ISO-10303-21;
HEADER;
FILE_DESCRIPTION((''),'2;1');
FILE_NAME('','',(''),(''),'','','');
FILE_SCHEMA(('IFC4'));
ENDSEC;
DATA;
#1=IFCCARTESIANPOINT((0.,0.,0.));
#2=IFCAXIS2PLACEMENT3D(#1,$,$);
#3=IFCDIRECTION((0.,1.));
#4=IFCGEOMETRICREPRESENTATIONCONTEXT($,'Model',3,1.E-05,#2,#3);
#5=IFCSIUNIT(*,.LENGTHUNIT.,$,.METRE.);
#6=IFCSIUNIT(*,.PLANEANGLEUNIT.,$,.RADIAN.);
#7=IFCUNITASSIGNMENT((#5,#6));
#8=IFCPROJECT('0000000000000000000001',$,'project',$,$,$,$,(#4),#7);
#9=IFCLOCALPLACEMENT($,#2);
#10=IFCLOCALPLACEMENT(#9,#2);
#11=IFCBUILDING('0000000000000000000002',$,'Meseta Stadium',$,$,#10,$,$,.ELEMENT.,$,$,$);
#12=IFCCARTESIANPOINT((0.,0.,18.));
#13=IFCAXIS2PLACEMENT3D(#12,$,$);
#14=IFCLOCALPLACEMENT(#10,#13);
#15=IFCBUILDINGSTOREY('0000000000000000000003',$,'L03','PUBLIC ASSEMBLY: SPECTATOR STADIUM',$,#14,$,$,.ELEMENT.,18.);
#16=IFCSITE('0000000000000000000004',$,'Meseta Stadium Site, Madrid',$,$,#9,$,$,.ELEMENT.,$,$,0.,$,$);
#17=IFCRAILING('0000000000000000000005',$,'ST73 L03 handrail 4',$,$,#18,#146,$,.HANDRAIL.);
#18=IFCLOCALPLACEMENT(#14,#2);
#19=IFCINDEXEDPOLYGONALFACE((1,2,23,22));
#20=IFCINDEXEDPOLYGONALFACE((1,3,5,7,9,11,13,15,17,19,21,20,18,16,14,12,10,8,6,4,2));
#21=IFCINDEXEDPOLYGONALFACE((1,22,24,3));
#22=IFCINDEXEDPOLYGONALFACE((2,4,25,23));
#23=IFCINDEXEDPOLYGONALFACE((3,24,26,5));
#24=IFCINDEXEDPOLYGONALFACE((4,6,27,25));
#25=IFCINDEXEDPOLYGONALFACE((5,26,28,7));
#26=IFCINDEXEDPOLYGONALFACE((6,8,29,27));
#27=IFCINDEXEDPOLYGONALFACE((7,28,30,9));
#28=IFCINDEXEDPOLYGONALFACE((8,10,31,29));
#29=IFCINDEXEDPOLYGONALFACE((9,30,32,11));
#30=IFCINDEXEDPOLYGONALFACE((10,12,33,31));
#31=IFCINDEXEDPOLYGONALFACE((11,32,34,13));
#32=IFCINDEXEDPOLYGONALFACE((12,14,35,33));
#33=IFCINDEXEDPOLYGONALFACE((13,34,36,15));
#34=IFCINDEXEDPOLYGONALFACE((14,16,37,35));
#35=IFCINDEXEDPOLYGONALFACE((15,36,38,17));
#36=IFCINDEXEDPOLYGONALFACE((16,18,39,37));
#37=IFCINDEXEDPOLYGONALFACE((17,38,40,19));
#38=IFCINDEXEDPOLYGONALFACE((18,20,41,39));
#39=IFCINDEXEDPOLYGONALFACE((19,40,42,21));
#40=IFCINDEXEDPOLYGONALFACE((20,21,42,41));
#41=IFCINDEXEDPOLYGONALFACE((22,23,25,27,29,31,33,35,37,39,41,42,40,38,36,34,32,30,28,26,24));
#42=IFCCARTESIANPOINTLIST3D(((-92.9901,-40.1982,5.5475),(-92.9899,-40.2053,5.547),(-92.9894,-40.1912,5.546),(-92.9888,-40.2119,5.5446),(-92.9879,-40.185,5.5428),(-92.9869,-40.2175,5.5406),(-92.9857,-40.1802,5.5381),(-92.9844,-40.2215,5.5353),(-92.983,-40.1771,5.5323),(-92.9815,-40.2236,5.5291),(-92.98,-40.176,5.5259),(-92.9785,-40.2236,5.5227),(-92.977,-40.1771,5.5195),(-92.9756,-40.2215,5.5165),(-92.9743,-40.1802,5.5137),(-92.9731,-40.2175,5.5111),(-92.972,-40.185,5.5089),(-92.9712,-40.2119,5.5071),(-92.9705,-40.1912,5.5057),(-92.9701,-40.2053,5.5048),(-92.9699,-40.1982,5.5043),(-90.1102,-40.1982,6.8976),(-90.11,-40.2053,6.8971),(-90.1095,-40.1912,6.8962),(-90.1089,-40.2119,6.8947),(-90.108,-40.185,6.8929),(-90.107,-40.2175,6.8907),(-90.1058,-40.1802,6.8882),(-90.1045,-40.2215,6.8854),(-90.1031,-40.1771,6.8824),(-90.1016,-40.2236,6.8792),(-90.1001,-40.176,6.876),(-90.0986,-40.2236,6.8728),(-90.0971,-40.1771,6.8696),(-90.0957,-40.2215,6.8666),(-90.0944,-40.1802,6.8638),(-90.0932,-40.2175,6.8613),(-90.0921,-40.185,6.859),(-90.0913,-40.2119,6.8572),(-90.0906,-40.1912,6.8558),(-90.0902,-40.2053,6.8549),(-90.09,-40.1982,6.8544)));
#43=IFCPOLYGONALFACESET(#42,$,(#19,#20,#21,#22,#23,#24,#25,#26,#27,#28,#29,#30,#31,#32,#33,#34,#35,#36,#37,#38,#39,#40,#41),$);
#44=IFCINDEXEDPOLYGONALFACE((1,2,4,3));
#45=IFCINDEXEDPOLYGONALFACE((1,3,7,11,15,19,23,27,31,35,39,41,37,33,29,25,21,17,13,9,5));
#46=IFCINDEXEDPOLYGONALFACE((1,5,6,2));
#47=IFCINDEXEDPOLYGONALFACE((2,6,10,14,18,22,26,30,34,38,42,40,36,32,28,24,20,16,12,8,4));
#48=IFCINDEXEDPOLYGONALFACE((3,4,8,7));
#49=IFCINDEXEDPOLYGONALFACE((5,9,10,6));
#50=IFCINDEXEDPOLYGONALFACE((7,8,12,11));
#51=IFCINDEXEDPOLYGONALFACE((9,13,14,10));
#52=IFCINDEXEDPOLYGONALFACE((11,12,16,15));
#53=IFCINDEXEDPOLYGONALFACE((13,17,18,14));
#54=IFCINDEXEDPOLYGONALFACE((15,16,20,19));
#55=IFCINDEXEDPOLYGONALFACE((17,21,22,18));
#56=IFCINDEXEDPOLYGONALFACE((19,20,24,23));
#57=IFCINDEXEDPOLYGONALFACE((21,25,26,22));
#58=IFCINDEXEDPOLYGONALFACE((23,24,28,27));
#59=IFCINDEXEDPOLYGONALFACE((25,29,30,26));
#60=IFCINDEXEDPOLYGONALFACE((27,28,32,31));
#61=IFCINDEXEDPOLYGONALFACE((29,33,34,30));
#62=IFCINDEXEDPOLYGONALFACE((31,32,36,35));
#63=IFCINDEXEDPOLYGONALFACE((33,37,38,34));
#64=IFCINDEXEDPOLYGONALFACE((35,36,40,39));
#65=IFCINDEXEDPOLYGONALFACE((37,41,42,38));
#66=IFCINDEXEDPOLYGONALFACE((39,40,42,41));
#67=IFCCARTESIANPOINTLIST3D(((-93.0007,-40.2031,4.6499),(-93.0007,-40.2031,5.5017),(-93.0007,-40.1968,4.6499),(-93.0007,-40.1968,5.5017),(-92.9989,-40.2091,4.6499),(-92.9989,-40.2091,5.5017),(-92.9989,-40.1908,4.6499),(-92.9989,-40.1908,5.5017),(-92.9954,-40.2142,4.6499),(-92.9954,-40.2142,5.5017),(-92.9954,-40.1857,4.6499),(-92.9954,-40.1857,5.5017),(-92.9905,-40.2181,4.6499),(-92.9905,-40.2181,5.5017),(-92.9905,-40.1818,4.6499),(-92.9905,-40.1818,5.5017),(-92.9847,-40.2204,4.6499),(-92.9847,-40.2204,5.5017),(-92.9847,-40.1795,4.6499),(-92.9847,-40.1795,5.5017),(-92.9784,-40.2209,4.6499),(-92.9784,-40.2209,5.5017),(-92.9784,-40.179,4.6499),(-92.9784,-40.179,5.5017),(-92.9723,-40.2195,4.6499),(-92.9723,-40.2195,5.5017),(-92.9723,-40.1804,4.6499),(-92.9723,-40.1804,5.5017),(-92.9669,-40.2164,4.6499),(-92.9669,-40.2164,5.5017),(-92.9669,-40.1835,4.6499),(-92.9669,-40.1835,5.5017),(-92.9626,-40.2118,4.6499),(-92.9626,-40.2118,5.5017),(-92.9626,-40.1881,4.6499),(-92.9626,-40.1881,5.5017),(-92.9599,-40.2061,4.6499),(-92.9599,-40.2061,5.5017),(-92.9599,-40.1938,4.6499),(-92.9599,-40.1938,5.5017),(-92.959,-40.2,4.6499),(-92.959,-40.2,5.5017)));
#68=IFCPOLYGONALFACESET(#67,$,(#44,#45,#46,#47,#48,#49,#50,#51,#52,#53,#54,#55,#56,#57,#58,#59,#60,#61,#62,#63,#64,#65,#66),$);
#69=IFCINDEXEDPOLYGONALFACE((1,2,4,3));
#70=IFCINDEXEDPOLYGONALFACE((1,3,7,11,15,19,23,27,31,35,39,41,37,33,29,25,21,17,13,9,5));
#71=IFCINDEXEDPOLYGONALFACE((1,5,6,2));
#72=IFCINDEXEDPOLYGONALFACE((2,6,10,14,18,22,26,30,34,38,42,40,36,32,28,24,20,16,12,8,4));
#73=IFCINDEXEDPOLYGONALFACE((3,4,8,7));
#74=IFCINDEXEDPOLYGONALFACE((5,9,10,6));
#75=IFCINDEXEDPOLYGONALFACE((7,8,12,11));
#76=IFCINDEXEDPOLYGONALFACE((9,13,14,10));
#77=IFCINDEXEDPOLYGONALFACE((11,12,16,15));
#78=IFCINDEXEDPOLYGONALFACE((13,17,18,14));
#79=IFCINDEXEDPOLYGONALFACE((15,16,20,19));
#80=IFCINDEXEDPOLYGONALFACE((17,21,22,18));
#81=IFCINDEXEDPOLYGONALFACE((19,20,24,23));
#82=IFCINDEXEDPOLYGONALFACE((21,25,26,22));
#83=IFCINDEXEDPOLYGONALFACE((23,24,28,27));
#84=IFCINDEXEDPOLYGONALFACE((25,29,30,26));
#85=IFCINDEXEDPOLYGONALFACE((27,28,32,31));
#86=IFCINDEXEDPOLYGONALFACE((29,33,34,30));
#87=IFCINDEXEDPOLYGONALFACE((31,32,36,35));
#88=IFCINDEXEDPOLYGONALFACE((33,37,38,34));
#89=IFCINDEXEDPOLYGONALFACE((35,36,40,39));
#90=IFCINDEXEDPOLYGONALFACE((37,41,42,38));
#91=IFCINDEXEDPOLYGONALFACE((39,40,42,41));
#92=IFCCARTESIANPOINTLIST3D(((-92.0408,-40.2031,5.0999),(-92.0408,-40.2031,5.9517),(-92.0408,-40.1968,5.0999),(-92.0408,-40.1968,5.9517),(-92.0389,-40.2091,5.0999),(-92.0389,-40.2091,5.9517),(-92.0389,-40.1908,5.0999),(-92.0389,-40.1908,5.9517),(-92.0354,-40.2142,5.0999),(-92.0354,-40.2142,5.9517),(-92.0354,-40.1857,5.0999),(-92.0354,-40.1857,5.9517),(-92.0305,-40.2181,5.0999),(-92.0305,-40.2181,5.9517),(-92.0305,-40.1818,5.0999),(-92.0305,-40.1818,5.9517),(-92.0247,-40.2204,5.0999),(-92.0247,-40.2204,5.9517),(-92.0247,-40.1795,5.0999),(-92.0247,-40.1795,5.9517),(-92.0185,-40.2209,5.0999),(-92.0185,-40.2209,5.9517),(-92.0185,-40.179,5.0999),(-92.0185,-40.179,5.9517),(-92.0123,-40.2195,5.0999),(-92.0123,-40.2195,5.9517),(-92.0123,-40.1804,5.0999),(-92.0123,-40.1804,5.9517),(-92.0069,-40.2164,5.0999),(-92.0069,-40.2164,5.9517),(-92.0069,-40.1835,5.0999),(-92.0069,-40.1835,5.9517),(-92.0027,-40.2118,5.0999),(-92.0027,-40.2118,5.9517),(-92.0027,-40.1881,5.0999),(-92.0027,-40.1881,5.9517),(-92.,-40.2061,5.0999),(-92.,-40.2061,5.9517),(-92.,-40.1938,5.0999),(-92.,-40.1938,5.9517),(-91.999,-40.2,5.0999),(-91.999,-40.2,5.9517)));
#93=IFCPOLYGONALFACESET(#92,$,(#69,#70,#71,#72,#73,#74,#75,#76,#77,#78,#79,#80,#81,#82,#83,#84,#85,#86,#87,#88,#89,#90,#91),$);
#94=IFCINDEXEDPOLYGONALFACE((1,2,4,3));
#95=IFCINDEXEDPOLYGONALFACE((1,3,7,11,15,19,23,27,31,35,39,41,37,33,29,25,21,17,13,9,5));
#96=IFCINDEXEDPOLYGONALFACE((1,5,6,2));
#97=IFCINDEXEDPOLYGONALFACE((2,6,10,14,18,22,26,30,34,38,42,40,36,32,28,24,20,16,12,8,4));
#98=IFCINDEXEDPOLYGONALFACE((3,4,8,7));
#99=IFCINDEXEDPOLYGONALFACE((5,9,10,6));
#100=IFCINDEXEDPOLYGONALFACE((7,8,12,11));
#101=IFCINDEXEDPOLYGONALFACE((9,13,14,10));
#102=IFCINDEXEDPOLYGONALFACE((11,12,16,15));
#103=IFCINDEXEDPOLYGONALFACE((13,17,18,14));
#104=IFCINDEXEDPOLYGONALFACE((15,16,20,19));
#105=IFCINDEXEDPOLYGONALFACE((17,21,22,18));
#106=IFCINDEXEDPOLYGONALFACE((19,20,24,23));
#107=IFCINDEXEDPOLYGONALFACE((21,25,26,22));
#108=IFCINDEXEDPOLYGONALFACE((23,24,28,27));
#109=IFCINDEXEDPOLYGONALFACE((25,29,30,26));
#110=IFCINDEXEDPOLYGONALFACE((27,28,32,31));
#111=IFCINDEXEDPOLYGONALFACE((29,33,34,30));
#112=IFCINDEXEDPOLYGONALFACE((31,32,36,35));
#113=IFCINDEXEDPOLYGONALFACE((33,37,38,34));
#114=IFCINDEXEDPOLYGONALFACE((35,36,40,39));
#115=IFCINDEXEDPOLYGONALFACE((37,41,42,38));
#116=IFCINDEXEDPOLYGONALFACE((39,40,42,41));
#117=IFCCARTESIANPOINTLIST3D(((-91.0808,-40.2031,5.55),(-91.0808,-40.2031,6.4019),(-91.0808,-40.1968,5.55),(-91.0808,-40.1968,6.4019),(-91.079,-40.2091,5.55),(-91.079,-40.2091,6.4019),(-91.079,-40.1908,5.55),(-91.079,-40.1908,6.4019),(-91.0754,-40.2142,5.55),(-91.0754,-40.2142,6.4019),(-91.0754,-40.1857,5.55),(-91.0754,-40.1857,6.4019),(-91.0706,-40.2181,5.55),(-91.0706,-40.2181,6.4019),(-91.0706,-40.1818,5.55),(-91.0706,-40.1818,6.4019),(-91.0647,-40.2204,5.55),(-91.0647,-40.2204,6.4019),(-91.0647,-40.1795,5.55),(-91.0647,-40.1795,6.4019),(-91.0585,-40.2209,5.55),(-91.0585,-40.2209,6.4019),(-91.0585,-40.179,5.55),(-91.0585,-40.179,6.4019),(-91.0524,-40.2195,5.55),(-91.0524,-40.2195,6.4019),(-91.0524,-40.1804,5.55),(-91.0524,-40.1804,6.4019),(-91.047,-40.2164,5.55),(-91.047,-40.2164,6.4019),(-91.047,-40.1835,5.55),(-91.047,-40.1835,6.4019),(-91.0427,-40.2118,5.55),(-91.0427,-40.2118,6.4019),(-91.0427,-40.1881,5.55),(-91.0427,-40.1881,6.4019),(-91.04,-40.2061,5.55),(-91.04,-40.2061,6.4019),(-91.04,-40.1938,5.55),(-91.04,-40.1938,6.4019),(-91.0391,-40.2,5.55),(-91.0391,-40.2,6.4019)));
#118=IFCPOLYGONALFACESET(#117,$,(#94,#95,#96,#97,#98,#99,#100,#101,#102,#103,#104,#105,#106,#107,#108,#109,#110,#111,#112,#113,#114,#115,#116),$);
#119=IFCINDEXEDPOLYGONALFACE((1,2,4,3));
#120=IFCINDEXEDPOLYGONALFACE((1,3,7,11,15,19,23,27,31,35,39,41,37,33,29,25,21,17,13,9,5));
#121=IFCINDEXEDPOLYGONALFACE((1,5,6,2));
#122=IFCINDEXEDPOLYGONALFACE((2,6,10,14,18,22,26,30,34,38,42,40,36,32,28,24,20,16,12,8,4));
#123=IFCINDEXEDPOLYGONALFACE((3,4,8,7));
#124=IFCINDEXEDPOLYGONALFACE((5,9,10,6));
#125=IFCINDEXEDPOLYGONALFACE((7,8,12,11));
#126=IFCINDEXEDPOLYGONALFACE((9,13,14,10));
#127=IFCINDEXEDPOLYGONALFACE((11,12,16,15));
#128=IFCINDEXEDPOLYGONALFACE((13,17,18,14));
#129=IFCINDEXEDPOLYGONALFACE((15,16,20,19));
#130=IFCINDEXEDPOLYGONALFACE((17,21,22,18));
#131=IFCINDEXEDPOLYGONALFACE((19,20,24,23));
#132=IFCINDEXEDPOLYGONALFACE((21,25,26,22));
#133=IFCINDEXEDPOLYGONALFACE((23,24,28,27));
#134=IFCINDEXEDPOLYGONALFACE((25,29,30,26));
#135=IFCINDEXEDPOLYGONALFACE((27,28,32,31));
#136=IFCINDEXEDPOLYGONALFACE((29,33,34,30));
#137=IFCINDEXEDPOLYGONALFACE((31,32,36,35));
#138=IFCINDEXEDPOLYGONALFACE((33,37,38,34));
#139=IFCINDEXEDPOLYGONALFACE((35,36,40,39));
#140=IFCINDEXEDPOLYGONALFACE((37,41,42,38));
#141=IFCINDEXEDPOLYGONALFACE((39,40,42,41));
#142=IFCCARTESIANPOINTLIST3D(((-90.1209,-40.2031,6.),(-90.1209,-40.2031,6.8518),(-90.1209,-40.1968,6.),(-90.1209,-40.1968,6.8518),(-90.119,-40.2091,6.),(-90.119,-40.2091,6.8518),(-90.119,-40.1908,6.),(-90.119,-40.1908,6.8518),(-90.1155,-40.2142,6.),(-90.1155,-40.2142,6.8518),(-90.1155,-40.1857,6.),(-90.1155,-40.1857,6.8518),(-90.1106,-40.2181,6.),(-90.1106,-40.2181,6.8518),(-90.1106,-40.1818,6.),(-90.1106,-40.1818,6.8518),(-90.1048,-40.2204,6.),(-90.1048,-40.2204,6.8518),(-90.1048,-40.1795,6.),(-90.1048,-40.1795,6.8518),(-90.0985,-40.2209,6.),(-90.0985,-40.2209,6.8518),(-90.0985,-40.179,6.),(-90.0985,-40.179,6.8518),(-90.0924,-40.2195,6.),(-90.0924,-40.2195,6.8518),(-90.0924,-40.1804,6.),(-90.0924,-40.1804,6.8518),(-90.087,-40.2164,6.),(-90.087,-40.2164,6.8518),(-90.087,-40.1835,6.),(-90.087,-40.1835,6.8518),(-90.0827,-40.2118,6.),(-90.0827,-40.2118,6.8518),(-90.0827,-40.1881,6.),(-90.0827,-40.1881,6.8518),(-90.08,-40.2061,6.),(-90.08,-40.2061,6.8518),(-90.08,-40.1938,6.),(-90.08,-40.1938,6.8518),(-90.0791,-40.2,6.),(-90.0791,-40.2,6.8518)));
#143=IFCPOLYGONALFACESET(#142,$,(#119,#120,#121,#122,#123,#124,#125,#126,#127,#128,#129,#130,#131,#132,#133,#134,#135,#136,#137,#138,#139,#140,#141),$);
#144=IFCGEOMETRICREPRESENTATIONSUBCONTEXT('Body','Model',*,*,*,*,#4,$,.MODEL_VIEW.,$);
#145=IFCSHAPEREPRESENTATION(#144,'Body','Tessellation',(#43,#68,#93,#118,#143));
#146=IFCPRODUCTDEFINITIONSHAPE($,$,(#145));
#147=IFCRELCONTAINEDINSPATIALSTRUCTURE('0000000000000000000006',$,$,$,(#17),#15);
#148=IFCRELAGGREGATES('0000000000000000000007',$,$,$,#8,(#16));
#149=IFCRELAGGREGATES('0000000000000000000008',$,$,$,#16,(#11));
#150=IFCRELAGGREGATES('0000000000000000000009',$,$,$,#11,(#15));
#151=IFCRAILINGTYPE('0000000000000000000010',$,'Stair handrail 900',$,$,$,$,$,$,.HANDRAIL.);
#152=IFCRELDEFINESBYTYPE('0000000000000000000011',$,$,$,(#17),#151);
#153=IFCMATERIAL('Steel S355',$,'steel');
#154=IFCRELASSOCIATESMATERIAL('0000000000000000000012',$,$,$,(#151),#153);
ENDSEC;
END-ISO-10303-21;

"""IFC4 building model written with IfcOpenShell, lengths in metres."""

from ifc_helpers import new_model, si_unit, direction, frame, origin, origin_2d, place, context, subcontext, project, spatial, circle, extrude, material, type_object, element, save


model = new_model("IFC4")

# Units and contexts
model_context = context("Model", 3, precision=1e-05, world=origin(), true_north=direction((0.0, 1.0)))
body_context = subcontext(model_context, "Body", "Model", "MODEL_VIEW")
ifc_project = project(units=[si_unit("LENGTHUNIT", "METRE"), si_unit("PLANEANGLEUNIT", "RADIAN")], contexts=[model_context])

# Site, building, storey
site_placement = place(None, origin())
site = spatial("IfcSite", under=ifc_project, at=site_placement, Name="Meseta Stadium Site, Madrid", CompositionType="ELEMENT", RefElevation=0.0)
building_placement = place(site_placement, origin())
building = spatial("IfcBuilding", under=site, at=building_placement, Name="Meseta Stadium", CompositionType="ELEMENT")
storey_placement = place(building_placement, frame((0.0, 0.0, 18.0)))
storey = spatial("IfcBuildingStorey", under=building, at=storey_placement, Name="L03", Description="PUBLIC ASSEMBLY: SPECTATOR STADIUM", CompositionType="ELEMENT", Elevation=18.0)

# Railing
ifc_material_1 = material(Name="Steel S355", Category="steel")
railing_type_1 = type_object("IfcRailingType", Name="Stair handrail 900", PredefinedType="HANDRAIL", material=ifc_material_1)
for number, where, name in (
    (1, (-92.98, -40.2, 4.6499), "ST73 L03 handrail 4"),
):
    element("IfcRailing", number, at=place(storey_placement, frame(where)), inside=storey, type_object=railing_type_1, Name=name, PredefinedType="HANDRAIL", context=body_context, shape_type="SweptSolid", body=[
        extrude(circle(Radius=0.0239, at=origin_2d()), frame((0.0, 0.0, 0.876), z_axis=(0.90544, 0.0, 0.424473), x_axis=(0.0, 1.0, 0.0)), (0.0, 0.0, 1.0), 3.1807),
        extrude(circle(Radius=0.021, at=origin_2d()), origin(), (0.0, 0.0, 1.0), 0.8518),
        extrude(circle(Radius=0.021, at=origin_2d()), frame((0.96, 0.0, 0.45)), (0.0, 0.0, 1.0), 0.8518),
        extrude(circle(Radius=0.021, at=origin_2d()), frame((1.9199, 0.0, 0.9001)), (0.0, 0.0, 1.0), 0.8518),
        extrude(circle(Radius=0.021, at=origin_2d()), frame((2.8799, 0.0, 1.3501)), (0.0, 0.0, 1.0), 0.8518),
    ])

save(model, "model.ifc")
